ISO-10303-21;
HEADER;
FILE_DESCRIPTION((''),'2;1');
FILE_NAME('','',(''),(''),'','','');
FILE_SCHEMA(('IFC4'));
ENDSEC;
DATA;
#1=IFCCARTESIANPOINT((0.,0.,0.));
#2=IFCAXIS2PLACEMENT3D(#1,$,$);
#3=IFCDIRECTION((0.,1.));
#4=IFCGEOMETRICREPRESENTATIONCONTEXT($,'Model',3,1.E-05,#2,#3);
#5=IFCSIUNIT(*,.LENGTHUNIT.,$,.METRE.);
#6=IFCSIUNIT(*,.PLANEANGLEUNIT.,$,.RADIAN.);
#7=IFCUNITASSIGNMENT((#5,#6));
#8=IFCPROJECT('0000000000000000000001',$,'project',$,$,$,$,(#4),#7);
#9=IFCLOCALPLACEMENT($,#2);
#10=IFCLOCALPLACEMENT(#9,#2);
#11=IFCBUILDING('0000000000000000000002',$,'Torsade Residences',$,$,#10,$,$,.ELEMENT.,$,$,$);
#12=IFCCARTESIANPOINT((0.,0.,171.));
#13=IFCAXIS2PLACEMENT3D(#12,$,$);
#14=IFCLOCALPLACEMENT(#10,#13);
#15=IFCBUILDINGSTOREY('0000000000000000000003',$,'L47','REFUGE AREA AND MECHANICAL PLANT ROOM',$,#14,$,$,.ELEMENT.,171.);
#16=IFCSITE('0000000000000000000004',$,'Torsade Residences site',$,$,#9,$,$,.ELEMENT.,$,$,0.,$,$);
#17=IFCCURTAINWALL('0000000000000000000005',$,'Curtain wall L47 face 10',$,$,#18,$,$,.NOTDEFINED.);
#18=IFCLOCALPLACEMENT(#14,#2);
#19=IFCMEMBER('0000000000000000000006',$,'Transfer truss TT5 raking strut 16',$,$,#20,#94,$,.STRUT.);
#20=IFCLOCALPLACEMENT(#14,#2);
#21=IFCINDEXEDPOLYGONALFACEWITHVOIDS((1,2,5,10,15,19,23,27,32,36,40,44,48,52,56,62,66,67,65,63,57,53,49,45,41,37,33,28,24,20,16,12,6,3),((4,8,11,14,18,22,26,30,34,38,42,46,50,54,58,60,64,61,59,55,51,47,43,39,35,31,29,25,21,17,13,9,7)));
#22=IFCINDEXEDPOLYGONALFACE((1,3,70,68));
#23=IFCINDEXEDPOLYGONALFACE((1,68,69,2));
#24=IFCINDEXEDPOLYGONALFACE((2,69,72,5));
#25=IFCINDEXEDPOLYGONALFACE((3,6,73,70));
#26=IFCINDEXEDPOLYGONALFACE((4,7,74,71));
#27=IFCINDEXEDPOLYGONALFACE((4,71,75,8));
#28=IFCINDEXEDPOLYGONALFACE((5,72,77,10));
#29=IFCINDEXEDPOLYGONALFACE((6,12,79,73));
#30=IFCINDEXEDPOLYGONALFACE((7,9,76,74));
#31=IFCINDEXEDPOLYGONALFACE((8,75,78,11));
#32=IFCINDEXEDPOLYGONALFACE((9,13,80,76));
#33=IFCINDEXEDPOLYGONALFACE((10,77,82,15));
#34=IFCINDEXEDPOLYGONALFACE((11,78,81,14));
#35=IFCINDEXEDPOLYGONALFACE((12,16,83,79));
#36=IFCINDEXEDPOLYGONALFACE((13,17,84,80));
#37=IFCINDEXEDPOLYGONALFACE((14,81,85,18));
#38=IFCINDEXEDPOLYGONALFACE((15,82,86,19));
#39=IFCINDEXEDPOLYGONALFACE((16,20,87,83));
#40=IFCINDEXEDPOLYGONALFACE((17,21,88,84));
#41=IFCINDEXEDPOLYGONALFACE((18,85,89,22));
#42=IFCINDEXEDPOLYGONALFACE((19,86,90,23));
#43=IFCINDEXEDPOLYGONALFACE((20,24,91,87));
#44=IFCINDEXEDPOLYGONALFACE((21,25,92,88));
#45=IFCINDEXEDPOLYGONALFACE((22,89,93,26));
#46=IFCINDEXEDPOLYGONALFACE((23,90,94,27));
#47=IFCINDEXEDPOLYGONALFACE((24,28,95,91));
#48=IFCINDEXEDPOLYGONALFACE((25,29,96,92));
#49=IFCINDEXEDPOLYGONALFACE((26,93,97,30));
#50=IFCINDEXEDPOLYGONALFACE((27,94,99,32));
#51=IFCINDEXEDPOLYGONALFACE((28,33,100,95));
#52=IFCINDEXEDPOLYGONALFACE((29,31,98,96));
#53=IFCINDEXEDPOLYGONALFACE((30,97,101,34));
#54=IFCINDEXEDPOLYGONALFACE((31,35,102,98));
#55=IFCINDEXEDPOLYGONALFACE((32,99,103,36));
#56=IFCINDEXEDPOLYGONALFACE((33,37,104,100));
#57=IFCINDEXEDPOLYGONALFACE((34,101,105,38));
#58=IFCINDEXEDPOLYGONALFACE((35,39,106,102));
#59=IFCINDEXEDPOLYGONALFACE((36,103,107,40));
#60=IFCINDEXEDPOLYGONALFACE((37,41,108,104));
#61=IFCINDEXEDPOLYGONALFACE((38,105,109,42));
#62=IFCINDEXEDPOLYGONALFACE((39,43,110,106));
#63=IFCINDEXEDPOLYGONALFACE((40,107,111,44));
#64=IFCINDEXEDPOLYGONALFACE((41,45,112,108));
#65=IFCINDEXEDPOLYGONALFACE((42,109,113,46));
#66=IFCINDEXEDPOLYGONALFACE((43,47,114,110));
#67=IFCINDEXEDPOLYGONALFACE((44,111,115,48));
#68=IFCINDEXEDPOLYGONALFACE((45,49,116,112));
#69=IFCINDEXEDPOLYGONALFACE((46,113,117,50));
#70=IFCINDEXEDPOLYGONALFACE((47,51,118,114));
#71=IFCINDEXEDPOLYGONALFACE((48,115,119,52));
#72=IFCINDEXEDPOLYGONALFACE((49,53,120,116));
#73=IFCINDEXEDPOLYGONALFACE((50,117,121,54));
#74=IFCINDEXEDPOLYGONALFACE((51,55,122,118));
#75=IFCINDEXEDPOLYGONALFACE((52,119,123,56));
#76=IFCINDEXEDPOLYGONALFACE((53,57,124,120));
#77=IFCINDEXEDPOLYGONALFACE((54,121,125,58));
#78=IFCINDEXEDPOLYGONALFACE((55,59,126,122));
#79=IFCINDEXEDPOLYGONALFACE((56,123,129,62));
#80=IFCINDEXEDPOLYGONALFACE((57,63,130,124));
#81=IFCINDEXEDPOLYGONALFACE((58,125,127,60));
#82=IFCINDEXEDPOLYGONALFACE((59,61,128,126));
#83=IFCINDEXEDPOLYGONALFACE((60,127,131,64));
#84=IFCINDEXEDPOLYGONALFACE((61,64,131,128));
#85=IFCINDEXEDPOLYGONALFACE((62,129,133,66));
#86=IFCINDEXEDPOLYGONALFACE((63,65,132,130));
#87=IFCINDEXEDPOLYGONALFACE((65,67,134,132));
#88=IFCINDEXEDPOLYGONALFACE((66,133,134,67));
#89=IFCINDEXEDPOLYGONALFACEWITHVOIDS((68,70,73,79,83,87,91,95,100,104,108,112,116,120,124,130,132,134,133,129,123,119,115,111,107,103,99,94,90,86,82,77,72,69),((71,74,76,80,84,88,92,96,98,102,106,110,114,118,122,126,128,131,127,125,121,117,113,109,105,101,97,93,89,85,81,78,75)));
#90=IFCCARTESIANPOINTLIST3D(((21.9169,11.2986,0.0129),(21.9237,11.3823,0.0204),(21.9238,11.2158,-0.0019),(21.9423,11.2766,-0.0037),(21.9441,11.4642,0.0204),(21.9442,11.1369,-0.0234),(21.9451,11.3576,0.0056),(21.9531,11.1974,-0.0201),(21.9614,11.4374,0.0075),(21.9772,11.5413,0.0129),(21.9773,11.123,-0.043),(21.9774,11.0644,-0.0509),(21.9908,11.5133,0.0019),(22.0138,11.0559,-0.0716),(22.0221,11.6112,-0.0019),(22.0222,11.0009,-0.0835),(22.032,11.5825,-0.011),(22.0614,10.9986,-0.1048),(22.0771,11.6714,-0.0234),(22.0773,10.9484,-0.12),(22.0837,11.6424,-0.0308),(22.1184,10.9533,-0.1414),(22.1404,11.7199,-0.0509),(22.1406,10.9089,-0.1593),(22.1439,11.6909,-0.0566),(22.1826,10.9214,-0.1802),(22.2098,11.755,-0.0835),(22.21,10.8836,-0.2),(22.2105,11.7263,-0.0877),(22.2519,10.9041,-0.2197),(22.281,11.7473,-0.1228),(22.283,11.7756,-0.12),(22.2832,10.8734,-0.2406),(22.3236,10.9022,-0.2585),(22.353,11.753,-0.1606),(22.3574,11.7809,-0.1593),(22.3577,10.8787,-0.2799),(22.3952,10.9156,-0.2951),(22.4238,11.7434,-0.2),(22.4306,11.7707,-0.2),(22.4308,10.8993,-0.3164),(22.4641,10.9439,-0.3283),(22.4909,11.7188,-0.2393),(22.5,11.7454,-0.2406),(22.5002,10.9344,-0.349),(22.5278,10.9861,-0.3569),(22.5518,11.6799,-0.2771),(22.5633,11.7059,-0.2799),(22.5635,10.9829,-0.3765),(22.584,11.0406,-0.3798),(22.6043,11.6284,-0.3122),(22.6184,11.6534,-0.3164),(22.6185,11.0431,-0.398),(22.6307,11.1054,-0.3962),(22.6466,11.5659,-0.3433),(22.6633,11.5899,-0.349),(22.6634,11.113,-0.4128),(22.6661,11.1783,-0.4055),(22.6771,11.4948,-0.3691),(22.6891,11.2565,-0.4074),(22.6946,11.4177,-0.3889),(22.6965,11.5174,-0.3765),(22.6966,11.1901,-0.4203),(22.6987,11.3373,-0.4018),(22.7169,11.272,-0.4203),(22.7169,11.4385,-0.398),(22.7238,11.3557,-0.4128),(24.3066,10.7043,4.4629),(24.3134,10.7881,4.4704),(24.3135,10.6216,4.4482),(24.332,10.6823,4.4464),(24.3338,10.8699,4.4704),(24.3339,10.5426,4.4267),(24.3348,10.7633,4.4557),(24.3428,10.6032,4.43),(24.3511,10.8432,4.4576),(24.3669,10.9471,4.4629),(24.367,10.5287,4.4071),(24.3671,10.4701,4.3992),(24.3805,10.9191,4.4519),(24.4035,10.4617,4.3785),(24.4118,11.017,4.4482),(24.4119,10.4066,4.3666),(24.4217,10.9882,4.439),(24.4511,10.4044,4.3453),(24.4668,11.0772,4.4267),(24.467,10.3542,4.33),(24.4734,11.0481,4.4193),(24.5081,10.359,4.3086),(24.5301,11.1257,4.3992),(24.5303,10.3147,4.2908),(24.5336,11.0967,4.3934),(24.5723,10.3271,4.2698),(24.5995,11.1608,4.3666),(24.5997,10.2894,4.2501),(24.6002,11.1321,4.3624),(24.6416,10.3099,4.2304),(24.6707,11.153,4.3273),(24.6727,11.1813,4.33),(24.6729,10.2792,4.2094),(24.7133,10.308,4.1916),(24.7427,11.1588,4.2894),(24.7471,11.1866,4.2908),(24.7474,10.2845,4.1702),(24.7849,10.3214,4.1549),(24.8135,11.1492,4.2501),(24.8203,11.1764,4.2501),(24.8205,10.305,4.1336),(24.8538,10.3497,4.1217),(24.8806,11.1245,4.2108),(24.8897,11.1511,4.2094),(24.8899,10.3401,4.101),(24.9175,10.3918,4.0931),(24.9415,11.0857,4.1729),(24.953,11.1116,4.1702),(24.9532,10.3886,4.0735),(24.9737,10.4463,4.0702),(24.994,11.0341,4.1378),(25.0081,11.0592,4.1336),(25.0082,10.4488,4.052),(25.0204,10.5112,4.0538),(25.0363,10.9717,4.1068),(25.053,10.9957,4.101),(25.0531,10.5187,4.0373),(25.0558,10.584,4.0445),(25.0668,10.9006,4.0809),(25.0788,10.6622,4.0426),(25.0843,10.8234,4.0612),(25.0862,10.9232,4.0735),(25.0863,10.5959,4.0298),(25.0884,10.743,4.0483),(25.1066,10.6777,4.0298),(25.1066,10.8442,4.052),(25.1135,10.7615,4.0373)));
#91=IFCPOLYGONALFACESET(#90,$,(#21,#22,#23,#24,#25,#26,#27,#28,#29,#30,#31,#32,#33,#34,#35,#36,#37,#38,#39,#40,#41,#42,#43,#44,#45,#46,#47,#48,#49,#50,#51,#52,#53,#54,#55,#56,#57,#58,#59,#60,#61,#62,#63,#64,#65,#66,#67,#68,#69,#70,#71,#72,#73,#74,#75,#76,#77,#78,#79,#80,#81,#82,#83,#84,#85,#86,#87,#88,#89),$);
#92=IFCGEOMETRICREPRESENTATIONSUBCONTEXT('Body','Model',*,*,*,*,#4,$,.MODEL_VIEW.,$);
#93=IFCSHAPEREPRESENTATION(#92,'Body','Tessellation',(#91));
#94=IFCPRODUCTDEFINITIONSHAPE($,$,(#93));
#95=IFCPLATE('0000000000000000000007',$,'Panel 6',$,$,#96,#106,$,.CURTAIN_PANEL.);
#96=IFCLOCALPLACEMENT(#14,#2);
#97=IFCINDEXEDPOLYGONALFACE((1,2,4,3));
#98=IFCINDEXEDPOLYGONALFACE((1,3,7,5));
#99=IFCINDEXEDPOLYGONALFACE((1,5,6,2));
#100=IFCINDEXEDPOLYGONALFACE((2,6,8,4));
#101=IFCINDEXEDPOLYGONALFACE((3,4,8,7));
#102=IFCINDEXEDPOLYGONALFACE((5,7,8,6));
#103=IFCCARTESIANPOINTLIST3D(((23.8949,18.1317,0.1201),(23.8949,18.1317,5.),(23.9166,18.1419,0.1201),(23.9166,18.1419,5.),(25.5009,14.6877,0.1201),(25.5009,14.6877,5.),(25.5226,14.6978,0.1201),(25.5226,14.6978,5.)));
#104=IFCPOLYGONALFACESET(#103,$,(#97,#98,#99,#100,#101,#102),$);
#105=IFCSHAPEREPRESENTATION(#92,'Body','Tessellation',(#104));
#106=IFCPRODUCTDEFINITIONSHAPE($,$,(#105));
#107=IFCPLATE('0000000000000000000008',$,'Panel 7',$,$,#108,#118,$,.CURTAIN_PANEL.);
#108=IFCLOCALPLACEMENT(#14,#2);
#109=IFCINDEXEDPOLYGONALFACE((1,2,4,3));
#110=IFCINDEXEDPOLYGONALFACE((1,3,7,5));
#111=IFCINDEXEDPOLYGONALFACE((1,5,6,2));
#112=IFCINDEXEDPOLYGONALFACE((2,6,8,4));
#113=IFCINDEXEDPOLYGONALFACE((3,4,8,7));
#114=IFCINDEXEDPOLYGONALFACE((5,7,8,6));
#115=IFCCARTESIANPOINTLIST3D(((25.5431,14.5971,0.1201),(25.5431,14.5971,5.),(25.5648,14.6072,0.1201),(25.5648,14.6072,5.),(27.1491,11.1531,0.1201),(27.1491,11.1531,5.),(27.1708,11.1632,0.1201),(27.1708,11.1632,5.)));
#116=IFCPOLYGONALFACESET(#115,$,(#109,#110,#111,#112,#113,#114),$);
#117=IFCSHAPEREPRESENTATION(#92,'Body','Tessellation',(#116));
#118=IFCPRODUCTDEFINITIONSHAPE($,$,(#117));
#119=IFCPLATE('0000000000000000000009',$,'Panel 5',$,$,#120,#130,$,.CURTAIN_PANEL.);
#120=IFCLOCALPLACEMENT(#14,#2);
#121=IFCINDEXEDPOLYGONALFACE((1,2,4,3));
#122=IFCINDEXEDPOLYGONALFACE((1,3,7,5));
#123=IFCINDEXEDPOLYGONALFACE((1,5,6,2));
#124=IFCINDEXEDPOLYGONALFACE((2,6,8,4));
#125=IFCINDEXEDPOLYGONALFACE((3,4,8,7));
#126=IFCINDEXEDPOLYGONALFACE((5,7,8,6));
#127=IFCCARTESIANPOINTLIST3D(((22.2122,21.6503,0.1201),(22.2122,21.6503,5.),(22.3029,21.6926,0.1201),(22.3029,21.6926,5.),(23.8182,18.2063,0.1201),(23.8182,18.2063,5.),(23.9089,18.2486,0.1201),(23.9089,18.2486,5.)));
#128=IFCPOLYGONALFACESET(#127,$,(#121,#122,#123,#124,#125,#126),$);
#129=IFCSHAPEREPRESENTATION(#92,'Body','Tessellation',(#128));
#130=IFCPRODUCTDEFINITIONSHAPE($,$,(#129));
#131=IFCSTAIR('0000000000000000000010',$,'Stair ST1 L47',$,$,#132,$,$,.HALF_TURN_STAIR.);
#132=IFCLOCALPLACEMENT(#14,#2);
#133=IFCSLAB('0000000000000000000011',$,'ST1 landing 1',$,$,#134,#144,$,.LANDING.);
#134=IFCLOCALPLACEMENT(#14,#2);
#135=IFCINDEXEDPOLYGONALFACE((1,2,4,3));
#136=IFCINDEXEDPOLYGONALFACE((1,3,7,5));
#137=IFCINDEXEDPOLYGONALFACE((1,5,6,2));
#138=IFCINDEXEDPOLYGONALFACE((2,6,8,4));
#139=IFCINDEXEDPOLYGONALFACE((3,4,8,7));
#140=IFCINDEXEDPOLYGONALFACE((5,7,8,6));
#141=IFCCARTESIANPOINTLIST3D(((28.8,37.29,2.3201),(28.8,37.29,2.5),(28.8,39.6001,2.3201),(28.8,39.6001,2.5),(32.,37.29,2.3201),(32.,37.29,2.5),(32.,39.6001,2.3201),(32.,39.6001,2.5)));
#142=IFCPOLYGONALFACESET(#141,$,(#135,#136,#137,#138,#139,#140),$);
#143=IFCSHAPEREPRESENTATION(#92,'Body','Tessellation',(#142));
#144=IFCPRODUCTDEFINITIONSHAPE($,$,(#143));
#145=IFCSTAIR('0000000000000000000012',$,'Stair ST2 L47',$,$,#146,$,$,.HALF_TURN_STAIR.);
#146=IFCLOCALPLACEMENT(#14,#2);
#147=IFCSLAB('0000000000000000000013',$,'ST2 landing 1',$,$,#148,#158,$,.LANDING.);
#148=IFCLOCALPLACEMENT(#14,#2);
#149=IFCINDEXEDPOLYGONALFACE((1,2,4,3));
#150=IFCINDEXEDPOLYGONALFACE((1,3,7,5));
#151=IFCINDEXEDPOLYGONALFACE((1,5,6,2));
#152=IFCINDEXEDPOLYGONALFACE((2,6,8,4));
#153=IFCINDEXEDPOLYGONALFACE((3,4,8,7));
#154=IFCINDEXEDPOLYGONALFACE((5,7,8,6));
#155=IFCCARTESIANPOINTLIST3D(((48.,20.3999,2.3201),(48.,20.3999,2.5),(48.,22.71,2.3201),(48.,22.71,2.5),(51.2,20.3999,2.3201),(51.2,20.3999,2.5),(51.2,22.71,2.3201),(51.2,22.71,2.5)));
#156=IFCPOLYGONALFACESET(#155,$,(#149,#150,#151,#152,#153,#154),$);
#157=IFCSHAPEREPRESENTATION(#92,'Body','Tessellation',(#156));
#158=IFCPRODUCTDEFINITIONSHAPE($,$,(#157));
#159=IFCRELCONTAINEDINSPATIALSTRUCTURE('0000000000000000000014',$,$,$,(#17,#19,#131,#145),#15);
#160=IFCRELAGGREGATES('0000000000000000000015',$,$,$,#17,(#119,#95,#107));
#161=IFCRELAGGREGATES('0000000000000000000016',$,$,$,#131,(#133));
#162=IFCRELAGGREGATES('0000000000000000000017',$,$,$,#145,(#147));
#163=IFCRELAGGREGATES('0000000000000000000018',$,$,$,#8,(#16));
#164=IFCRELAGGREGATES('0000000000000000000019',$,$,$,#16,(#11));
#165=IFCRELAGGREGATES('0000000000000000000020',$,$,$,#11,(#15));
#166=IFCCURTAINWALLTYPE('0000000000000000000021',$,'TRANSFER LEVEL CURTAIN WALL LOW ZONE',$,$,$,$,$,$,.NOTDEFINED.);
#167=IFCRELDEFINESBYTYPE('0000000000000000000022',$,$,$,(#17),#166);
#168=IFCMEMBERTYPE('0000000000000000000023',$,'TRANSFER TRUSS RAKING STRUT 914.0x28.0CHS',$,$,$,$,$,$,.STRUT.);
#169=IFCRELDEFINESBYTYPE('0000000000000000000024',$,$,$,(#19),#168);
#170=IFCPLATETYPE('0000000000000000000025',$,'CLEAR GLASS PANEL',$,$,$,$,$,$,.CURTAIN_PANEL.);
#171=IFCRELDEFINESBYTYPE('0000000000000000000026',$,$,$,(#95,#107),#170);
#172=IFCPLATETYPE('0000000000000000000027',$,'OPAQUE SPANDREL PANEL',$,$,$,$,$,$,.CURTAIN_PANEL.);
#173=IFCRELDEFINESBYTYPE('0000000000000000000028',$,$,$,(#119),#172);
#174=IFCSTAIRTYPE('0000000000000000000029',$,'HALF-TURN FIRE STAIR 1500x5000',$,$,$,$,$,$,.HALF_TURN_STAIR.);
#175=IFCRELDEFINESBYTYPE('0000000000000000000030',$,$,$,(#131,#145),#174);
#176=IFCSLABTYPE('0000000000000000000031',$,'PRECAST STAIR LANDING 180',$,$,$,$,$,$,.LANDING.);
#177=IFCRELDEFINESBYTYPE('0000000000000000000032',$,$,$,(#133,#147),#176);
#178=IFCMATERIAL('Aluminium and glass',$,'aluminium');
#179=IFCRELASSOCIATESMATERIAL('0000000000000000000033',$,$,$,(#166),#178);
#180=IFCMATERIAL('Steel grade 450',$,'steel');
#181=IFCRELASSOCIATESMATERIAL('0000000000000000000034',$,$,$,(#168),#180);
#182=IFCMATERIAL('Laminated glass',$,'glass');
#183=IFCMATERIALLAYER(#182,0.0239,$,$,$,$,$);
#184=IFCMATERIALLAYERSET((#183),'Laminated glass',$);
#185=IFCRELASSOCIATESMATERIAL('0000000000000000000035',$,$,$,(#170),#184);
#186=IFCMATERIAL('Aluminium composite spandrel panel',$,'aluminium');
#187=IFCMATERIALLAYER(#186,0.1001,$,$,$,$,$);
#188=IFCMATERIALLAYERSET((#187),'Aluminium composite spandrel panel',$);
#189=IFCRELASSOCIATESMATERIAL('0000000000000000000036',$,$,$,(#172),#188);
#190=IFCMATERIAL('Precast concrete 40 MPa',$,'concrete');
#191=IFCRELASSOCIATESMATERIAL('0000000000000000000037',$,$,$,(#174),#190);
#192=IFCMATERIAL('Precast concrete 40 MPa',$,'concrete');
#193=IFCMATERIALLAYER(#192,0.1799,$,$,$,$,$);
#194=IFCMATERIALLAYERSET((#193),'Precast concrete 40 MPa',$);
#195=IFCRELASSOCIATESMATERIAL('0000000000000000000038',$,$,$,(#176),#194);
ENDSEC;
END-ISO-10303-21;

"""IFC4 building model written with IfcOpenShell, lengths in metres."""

from ifc_helpers import new_model, si_unit, direction, frame, origin, origin_2d, place, context, subcontext, project, spatial, polyline, rectangle, hollow_circle, outline, extrude, material, layer, layer_set, material_profile, profile_set, type_object, element, aggregate, save


model = new_model("IFC4")

# Units and contexts
model_context = context("Model", 3, precision=1e-05, world=origin(), true_north=direction((0.0, 1.0)))
body_context = subcontext(model_context, "Body", "Model", "MODEL_VIEW")
ifc_project = project(units=[si_unit("LENGTHUNIT", "METRE"), si_unit("PLANEANGLEUNIT", "RADIAN")], contexts=[model_context])

# Site, building, storey
site_placement = place(None, origin())
site = spatial("IfcSite", under=ifc_project, at=site_placement, Name="Torsade Residences site", CompositionType="ELEMENT", RefElevation=0.0)
building_placement = place(site_placement, origin())
building = spatial("IfcBuilding", under=site, at=building_placement, Name="Torsade Residences", CompositionType="ELEMENT")
storey_placement = place(building_placement, frame((0.0, 0.0, 171.0)))
storey = spatial("IfcBuildingStorey", under=building, at=storey_placement, Name="L47", Description="REFUGE AREA AND MECHANICAL PLANT ROOM", CompositionType="ELEMENT", Elevation=171.0)

# Curtain wall
ifc_material_1 = material(Name="Aluminium and glass", Category="aluminium")
curtain_wall_type = type_object("IfcCurtainWallType", Name="TRANSFER LEVEL CURTAIN WALL LOW ZONE", PredefinedType="NOTDEFINED", material=ifc_material_1)
curtain_wall_placement = place(storey_placement, origin())
curtain_wall = element("IfcCurtainWall", 1, at=curtain_wall_placement, inside=storey, type_object=curtain_wall_type, Name="Curtain wall L47 face 10", PredefinedType="NOTDEFINED")

# Member
ifc_material_2 = material(Name="Steel grade 450", Category="steel")
ifc_material_profile_1 = material_profile(ifc_material_2, hollow_circle(Radius=0.457, WallThickness=0.0281, at=origin_2d()), Name="914.0x28.0CHS")
ifc_profile_set_1 = profile_set([ifc_material_profile_1], Name="Steel grade 450")
member_type_1 = type_object("IfcMemberType", Name="TRANSFER TRUSS RAKING STRUT 914.0x28.0CHS", PredefinedType="STRUT", material=ifc_profile_set_1)
member_1_placement = place(storey_placement, frame((22.3203, 11.3271, -0.2), z_axis=(0.469865, -0.116842, 0.874972), x_axis=(0.241322, 0.970445, 0.0)))
element("IfcMember", 2, at=member_1_placement, inside=storey, type_object=member_type_1, Name="Transfer truss TT5 raking strut 16", PredefinedType="STRUT", context=body_context, shape_type="SweptSolid", body=[
    extrude(hollow_circle(Radius=0.457, WallThickness=0.0281, at=origin_2d()), origin(), (0.0, 0.0, 1.0), 5.0859),
])

# Plates
ifc_material_3 = material(Name="Laminated glass", Category="glass")
ifc_layer_1 = layer(ifc_material_3, 0.0239)
ifc_layer_set_1 = layer_set([ifc_layer_1], Name="Laminated glass")
plate_type_1 = type_object("IfcPlateType", Name="CLEAR GLASS PANEL", PredefinedType="CURTAIN_PANEL", material=ifc_layer_set_1)
plate_1_placement = place(storey_placement, frame((24.7087, 16.4148, 0.1201), z_axis=(0.0, 0.0, 1.0), x_axis=(0.422618, -0.906308, 0.0)))
plate_1 = element("IfcPlate", 3, at=plate_1_placement, type_object=plate_type_1, Name="Panel 6", PredefinedType="CURTAIN_PANEL", context=body_context, shape_type="SweptSolid", body=[
    extrude(rectangle(XDim=3.8, YDim=0.0239, at=origin_2d()), origin(), (0.0, 0.0, 1.0), 4.8799),
])
plate_2_placement = place(storey_placement, frame((26.3569, 12.8801, 0.1201), z_axis=(0.0, 0.0, 1.0), x_axis=(0.422618, -0.906308, 0.0)))
plate_2 = element("IfcPlate", 4, at=plate_2_placement, type_object=plate_type_1, Name="Panel 7", PredefinedType="CURTAIN_PANEL", context=body_context, shape_type="SweptSolid", body=[
    extrude(rectangle(XDim=3.8, YDim=0.0239, at=origin_2d()), origin(), (0.0, 0.0, 1.0), 4.8799),
])
ifc_material_4 = material(Name="Aluminium composite spandrel panel", Category="aluminium")
ifc_layer_2 = layer(ifc_material_4, 0.1001)
ifc_layer_set_2 = layer_set([ifc_layer_2], Name="Aluminium composite spandrel panel")
plate_type_2 = type_object("IfcPlateType", Name="OPAQUE SPANDREL PANEL", PredefinedType="CURTAIN_PANEL", material=ifc_layer_set_2)
plate_3_placement = place(storey_placement, frame((23.0605, 19.9495, 0.1201), z_axis=(0.0, 0.0, 1.0), x_axis=(0.422618, -0.906308, 0.0)))
plate_3 = element("IfcPlate", 5, at=plate_3_placement, type_object=plate_type_2, Name="Panel 5", PredefinedType="CURTAIN_PANEL", context=body_context, shape_type="SweptSolid", body=[
    extrude(rectangle(XDim=3.8, YDim=0.1001, at=origin_2d()), origin(), (0.0, 0.0, 1.0), 4.8799),
])
aggregate(curtain_wall, [plate_3, plate_1, plate_2])

# Stairs, slabs
ifc_material_5 = material(Name="Precast concrete 40 MPa", Category="concrete")
stair_type = type_object("IfcStairType", Name="HALF-TURN FIRE STAIR 1500x5000", PredefinedType="HALF_TURN_STAIR", material=ifc_material_5)
stair_1_placement = place(storey_placement, origin())
stair_1 = element("IfcStair", 6, at=stair_1_placement, inside=storey, type_object=stair_type, Name="Stair ST1 L47", PredefinedType="HALF_TURN_STAIR")
ifc_material_6 = material(Name="Precast concrete 40 MPa", Category="concrete")
ifc_layer_3 = layer(ifc_material_6, 0.1799)
ifc_layer_set_3 = layer_set([ifc_layer_3], Name="Precast concrete 40 MPa")
slab_type_1 = type_object("IfcSlabType", Name="PRECAST STAIR LANDING 180", PredefinedType="LANDING", material=ifc_layer_set_3)
slab_1_placement = place(storey_placement, frame((0.0, 0.0, 2.3201)))
slab_1 = element("IfcSlab", 7, at=slab_1_placement, type_object=slab_type_1, Name="ST1 landing 1", PredefinedType="LANDING", context=body_context, shape_type="SweptSolid", body=[
    extrude(outline(polyline([(28.8, 37.29), (32.0, 37.29), (32.0, 39.6001), (28.8, 39.6001), (28.8, 37.29)])), origin(), (0.0, 0.0, 1.0), 0.1799),
])
aggregate(stair_1, [slab_1])
stair_2_placement = place(storey_placement, origin())
stair_2 = element("IfcStair", 8, at=stair_2_placement, inside=storey, type_object=stair_type, Name="Stair ST2 L47", PredefinedType="HALF_TURN_STAIR")
slab_2_placement = place(storey_placement, frame((0.0, 0.0, 2.3201)))
slab_2 = element("IfcSlab", 9, at=slab_2_placement, type_object=slab_type_1, Name="ST2 landing 1", PredefinedType="LANDING", context=body_context, shape_type="SweptSolid", body=[
    extrude(outline(polyline([(48.0, 20.3999), (51.2, 20.3999), (51.2, 22.71), (48.0, 22.71), (48.0, 20.3999)])), origin(), (0.0, 0.0, 1.0), 0.1799),
])
aggregate(stair_2, [slab_2])

save(model, "model.ifc")
